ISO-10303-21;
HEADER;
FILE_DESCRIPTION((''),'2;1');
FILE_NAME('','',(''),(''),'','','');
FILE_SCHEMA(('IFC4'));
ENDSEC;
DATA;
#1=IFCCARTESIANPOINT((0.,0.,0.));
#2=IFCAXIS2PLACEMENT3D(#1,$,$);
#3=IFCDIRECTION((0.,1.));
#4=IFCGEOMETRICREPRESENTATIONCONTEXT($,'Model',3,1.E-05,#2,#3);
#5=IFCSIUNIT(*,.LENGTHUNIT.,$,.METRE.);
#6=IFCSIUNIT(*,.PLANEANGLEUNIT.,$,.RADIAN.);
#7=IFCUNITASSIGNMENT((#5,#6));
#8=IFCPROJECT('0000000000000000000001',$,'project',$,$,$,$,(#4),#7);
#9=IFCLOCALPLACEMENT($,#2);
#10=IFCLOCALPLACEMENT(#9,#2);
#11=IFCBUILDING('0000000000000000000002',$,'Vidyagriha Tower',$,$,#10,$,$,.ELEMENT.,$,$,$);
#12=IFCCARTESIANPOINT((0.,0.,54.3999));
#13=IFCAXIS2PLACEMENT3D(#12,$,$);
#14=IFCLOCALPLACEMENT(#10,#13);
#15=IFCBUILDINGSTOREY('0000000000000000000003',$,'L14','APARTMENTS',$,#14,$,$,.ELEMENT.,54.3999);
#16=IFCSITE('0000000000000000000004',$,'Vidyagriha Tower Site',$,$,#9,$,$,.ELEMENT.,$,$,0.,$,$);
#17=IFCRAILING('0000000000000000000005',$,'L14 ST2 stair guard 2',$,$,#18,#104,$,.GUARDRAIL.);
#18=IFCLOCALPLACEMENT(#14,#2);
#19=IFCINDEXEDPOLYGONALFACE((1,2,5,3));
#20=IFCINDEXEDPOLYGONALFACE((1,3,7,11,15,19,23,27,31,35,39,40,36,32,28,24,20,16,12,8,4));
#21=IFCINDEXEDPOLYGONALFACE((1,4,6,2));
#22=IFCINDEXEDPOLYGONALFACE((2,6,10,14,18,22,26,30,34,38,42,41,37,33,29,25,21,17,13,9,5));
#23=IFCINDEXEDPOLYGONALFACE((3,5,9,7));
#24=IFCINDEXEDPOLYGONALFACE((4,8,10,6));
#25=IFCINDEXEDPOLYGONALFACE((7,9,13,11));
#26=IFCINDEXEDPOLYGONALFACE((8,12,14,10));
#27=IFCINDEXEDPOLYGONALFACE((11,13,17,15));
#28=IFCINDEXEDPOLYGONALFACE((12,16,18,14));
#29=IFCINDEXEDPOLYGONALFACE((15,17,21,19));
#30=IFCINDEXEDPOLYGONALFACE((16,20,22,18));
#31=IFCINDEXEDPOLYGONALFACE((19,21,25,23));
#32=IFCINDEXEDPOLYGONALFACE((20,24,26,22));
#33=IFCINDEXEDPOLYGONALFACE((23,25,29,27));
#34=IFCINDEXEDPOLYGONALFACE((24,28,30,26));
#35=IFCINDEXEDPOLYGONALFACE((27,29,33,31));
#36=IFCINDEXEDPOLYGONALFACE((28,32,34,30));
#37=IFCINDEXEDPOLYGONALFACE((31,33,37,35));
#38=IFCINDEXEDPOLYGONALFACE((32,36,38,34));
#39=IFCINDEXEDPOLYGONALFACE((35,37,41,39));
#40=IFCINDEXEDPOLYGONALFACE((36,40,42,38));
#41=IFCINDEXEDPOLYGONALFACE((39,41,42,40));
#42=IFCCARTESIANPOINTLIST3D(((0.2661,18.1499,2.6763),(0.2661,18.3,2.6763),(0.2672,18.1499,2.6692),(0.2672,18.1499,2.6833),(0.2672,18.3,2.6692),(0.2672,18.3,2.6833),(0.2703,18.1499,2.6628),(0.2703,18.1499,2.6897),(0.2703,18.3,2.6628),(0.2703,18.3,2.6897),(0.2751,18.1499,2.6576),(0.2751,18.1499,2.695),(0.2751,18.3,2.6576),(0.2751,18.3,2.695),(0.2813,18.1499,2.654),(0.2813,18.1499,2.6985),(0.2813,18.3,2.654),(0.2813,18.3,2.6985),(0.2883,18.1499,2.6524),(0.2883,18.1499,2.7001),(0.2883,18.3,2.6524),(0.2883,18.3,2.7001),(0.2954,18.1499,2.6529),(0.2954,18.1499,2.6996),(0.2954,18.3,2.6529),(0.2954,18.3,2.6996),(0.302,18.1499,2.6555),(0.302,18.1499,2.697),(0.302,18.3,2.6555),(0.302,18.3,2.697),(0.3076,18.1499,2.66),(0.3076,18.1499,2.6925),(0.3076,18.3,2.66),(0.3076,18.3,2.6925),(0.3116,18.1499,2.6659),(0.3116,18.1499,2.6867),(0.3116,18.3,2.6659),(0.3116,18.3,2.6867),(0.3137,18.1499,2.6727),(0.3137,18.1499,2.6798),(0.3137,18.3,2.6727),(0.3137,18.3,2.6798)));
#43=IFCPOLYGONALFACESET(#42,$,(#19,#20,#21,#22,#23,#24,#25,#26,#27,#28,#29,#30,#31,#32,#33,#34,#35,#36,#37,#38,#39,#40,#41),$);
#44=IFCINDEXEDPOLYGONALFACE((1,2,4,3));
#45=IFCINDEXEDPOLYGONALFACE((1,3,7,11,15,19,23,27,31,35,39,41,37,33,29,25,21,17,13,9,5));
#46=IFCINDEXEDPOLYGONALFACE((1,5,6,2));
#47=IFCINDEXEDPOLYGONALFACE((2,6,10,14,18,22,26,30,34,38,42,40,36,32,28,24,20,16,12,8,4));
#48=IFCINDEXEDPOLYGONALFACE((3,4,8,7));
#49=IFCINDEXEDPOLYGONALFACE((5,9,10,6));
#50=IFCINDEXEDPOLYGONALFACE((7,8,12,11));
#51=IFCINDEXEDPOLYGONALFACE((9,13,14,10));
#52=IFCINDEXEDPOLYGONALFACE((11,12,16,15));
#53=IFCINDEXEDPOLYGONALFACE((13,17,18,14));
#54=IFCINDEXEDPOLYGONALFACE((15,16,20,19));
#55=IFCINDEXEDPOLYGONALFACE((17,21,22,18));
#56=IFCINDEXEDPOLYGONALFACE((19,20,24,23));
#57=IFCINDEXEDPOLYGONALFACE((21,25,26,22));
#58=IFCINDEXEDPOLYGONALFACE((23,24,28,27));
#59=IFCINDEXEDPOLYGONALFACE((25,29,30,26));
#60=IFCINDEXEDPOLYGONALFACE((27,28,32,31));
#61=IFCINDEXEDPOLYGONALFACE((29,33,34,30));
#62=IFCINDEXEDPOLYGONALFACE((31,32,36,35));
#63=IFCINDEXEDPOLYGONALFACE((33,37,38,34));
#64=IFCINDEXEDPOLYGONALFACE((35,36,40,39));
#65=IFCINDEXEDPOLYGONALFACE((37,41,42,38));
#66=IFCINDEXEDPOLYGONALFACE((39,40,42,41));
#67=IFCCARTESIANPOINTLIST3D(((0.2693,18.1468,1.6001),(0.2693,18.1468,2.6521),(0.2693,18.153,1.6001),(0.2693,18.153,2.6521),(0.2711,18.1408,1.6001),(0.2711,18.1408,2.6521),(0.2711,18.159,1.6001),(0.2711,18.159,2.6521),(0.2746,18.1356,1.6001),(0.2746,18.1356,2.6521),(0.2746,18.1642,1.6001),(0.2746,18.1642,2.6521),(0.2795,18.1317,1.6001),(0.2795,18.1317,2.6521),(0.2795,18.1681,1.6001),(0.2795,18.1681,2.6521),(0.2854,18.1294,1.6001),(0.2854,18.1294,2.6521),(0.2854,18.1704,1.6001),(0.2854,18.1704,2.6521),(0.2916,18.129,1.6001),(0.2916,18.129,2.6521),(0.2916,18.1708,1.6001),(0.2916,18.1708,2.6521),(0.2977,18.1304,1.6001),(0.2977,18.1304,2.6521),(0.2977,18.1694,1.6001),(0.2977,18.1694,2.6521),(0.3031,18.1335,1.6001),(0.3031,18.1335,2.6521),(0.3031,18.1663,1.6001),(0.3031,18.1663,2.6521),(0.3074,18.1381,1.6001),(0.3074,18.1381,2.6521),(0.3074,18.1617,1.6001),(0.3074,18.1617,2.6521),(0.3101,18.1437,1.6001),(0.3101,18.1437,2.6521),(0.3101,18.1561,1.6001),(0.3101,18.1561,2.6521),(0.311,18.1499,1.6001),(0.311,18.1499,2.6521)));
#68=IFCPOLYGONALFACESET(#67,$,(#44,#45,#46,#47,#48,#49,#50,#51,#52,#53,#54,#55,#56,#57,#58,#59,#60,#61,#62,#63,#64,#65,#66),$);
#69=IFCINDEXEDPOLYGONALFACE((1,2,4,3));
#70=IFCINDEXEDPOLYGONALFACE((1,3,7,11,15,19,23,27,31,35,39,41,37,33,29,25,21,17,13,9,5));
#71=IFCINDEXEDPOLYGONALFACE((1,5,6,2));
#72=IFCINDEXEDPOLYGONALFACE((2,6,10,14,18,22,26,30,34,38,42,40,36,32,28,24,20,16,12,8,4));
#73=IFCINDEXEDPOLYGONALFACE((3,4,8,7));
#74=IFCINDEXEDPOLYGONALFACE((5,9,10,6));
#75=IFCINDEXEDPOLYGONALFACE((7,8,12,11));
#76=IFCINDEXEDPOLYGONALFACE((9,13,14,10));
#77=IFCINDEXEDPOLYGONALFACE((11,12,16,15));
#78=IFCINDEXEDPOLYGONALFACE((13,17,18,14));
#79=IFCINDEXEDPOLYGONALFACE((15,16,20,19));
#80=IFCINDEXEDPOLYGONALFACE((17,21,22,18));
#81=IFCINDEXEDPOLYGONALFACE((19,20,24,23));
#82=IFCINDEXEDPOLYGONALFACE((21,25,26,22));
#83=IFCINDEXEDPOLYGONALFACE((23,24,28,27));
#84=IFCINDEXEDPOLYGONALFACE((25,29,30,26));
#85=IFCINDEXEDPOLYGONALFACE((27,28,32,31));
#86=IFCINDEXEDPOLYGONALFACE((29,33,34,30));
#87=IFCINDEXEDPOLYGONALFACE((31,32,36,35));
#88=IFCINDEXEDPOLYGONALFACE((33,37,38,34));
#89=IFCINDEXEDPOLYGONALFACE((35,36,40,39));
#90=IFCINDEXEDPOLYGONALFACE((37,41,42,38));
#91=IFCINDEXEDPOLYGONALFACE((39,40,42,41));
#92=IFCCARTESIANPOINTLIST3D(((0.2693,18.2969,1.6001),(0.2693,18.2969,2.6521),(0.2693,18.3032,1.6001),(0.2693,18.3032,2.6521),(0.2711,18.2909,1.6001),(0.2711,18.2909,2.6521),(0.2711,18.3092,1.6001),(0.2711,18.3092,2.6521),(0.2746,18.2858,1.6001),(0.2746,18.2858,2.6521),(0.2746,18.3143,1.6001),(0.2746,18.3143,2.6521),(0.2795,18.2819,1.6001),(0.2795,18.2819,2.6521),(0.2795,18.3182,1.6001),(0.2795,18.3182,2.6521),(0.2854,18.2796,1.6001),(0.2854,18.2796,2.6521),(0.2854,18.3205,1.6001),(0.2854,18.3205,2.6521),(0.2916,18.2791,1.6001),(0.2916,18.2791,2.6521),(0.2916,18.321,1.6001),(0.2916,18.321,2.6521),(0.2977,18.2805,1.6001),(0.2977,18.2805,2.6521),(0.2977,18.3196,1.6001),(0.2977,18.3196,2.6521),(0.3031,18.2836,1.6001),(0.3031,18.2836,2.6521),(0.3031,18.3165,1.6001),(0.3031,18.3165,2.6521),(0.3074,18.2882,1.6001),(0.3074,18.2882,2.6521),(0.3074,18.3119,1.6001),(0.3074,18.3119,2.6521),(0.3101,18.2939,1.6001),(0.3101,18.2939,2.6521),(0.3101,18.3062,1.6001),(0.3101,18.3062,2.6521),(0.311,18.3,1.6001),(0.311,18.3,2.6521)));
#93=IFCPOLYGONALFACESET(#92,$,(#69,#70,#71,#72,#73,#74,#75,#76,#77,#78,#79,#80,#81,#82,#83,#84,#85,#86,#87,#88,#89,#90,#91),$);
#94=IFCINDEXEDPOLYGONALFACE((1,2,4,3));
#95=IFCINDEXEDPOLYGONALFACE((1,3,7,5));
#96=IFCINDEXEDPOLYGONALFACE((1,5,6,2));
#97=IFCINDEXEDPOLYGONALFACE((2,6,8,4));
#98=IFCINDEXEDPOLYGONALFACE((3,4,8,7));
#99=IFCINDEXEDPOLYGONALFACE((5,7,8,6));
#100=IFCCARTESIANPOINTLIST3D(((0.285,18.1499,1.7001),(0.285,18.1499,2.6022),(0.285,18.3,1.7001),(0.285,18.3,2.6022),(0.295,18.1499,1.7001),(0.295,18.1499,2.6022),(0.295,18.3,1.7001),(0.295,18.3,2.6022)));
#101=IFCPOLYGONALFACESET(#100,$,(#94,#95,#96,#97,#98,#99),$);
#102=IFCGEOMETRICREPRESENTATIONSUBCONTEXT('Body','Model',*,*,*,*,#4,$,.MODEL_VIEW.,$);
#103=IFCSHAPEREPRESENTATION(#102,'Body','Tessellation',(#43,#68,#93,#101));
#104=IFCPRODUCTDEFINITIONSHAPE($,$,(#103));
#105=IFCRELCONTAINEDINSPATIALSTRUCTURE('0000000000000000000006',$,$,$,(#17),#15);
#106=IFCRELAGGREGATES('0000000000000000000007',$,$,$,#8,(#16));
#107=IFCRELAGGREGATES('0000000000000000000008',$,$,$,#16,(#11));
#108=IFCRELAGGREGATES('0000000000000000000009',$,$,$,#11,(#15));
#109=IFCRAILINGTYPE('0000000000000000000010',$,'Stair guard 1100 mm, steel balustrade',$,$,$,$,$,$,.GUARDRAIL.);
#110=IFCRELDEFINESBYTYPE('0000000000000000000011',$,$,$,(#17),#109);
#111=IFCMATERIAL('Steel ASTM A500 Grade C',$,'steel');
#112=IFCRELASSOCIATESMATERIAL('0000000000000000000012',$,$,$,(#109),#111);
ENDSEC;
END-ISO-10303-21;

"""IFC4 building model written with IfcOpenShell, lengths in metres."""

from ifc_helpers import new_model, si_unit, direction, frame, origin, origin_2d, place, context, subcontext, project, spatial, rectangle, circle, extrude, material, type_object, element, save


model = new_model("IFC4")

# Units and contexts
model_context = context("Model", 3, precision=1e-05, world=origin(), true_north=direction((0.0, 1.0)))
body_context = subcontext(model_context, "Body", "Model", "MODEL_VIEW")
ifc_project = project(units=[si_unit("LENGTHUNIT", "METRE"), si_unit("PLANEANGLEUNIT", "RADIAN")], contexts=[model_context])

# Site, building, storey
site_placement = place(None, origin())
site = spatial("IfcSite", under=ifc_project, at=site_placement, Name="Vidyagriha Tower Site", CompositionType="ELEMENT", RefElevation=0.0)
building_placement = place(site_placement, origin())
building = spatial("IfcBuilding", under=site, at=building_placement, Name="Vidyagriha Tower", CompositionType="ELEMENT")
storey_placement = place(building_placement, frame((0.0, 0.0, 54.3999)))
storey = spatial("IfcBuildingStorey", under=building, at=storey_placement, Name="L14", Description="APARTMENTS", CompositionType="ELEMENT", Elevation=54.3999)

# Railing
ifc_material_1 = material(Name="Steel ASTM A500 Grade C", Category="steel")
railing_type_1 = type_object("IfcRailingType", Name="Stair guard 1100 mm, steel balustrade", PredefinedType="GUARDRAIL", material=ifc_material_1)
railing_1_placement = place(storey_placement, frame((0.29, 18.1499, 1.6001)))
element("IfcRailing", 1, at=railing_1_placement, inside=storey, type_object=railing_type_1, Name="L14 ST2 stair guard 2", PredefinedType="GUARDRAIL", context=body_context, shape_type="SweptSolid", body=[
    extrude(circle(Radius=0.0239, at=origin_2d()), frame((0.0, 0.0, 1.0762), z_axis=(0.0, 1.0, 0.0), x_axis=(-1.0, 0.0, 0.0)), (0.0, 0.0, 1.0), 0.1501),
    extrude(circle(Radius=0.021, at=origin_2d()), origin(), (0.0, 0.0, 1.0), 1.052),
    extrude(circle(Radius=0.021, at=origin_2d()), frame((0.0, 0.1501, 0.0)), (0.0, 0.0, 1.0), 1.052),
    extrude(rectangle(XDim=0.01, YDim=0.9021, at=origin_2d()), frame((0.0, 0.0, 0.551), z_axis=(0.0, 1.0, 0.0), x_axis=(-1.0, 0.0, 0.0)), (0.0, 0.0, 1.0), 0.1501),
])

save(model, "model.ifc")
